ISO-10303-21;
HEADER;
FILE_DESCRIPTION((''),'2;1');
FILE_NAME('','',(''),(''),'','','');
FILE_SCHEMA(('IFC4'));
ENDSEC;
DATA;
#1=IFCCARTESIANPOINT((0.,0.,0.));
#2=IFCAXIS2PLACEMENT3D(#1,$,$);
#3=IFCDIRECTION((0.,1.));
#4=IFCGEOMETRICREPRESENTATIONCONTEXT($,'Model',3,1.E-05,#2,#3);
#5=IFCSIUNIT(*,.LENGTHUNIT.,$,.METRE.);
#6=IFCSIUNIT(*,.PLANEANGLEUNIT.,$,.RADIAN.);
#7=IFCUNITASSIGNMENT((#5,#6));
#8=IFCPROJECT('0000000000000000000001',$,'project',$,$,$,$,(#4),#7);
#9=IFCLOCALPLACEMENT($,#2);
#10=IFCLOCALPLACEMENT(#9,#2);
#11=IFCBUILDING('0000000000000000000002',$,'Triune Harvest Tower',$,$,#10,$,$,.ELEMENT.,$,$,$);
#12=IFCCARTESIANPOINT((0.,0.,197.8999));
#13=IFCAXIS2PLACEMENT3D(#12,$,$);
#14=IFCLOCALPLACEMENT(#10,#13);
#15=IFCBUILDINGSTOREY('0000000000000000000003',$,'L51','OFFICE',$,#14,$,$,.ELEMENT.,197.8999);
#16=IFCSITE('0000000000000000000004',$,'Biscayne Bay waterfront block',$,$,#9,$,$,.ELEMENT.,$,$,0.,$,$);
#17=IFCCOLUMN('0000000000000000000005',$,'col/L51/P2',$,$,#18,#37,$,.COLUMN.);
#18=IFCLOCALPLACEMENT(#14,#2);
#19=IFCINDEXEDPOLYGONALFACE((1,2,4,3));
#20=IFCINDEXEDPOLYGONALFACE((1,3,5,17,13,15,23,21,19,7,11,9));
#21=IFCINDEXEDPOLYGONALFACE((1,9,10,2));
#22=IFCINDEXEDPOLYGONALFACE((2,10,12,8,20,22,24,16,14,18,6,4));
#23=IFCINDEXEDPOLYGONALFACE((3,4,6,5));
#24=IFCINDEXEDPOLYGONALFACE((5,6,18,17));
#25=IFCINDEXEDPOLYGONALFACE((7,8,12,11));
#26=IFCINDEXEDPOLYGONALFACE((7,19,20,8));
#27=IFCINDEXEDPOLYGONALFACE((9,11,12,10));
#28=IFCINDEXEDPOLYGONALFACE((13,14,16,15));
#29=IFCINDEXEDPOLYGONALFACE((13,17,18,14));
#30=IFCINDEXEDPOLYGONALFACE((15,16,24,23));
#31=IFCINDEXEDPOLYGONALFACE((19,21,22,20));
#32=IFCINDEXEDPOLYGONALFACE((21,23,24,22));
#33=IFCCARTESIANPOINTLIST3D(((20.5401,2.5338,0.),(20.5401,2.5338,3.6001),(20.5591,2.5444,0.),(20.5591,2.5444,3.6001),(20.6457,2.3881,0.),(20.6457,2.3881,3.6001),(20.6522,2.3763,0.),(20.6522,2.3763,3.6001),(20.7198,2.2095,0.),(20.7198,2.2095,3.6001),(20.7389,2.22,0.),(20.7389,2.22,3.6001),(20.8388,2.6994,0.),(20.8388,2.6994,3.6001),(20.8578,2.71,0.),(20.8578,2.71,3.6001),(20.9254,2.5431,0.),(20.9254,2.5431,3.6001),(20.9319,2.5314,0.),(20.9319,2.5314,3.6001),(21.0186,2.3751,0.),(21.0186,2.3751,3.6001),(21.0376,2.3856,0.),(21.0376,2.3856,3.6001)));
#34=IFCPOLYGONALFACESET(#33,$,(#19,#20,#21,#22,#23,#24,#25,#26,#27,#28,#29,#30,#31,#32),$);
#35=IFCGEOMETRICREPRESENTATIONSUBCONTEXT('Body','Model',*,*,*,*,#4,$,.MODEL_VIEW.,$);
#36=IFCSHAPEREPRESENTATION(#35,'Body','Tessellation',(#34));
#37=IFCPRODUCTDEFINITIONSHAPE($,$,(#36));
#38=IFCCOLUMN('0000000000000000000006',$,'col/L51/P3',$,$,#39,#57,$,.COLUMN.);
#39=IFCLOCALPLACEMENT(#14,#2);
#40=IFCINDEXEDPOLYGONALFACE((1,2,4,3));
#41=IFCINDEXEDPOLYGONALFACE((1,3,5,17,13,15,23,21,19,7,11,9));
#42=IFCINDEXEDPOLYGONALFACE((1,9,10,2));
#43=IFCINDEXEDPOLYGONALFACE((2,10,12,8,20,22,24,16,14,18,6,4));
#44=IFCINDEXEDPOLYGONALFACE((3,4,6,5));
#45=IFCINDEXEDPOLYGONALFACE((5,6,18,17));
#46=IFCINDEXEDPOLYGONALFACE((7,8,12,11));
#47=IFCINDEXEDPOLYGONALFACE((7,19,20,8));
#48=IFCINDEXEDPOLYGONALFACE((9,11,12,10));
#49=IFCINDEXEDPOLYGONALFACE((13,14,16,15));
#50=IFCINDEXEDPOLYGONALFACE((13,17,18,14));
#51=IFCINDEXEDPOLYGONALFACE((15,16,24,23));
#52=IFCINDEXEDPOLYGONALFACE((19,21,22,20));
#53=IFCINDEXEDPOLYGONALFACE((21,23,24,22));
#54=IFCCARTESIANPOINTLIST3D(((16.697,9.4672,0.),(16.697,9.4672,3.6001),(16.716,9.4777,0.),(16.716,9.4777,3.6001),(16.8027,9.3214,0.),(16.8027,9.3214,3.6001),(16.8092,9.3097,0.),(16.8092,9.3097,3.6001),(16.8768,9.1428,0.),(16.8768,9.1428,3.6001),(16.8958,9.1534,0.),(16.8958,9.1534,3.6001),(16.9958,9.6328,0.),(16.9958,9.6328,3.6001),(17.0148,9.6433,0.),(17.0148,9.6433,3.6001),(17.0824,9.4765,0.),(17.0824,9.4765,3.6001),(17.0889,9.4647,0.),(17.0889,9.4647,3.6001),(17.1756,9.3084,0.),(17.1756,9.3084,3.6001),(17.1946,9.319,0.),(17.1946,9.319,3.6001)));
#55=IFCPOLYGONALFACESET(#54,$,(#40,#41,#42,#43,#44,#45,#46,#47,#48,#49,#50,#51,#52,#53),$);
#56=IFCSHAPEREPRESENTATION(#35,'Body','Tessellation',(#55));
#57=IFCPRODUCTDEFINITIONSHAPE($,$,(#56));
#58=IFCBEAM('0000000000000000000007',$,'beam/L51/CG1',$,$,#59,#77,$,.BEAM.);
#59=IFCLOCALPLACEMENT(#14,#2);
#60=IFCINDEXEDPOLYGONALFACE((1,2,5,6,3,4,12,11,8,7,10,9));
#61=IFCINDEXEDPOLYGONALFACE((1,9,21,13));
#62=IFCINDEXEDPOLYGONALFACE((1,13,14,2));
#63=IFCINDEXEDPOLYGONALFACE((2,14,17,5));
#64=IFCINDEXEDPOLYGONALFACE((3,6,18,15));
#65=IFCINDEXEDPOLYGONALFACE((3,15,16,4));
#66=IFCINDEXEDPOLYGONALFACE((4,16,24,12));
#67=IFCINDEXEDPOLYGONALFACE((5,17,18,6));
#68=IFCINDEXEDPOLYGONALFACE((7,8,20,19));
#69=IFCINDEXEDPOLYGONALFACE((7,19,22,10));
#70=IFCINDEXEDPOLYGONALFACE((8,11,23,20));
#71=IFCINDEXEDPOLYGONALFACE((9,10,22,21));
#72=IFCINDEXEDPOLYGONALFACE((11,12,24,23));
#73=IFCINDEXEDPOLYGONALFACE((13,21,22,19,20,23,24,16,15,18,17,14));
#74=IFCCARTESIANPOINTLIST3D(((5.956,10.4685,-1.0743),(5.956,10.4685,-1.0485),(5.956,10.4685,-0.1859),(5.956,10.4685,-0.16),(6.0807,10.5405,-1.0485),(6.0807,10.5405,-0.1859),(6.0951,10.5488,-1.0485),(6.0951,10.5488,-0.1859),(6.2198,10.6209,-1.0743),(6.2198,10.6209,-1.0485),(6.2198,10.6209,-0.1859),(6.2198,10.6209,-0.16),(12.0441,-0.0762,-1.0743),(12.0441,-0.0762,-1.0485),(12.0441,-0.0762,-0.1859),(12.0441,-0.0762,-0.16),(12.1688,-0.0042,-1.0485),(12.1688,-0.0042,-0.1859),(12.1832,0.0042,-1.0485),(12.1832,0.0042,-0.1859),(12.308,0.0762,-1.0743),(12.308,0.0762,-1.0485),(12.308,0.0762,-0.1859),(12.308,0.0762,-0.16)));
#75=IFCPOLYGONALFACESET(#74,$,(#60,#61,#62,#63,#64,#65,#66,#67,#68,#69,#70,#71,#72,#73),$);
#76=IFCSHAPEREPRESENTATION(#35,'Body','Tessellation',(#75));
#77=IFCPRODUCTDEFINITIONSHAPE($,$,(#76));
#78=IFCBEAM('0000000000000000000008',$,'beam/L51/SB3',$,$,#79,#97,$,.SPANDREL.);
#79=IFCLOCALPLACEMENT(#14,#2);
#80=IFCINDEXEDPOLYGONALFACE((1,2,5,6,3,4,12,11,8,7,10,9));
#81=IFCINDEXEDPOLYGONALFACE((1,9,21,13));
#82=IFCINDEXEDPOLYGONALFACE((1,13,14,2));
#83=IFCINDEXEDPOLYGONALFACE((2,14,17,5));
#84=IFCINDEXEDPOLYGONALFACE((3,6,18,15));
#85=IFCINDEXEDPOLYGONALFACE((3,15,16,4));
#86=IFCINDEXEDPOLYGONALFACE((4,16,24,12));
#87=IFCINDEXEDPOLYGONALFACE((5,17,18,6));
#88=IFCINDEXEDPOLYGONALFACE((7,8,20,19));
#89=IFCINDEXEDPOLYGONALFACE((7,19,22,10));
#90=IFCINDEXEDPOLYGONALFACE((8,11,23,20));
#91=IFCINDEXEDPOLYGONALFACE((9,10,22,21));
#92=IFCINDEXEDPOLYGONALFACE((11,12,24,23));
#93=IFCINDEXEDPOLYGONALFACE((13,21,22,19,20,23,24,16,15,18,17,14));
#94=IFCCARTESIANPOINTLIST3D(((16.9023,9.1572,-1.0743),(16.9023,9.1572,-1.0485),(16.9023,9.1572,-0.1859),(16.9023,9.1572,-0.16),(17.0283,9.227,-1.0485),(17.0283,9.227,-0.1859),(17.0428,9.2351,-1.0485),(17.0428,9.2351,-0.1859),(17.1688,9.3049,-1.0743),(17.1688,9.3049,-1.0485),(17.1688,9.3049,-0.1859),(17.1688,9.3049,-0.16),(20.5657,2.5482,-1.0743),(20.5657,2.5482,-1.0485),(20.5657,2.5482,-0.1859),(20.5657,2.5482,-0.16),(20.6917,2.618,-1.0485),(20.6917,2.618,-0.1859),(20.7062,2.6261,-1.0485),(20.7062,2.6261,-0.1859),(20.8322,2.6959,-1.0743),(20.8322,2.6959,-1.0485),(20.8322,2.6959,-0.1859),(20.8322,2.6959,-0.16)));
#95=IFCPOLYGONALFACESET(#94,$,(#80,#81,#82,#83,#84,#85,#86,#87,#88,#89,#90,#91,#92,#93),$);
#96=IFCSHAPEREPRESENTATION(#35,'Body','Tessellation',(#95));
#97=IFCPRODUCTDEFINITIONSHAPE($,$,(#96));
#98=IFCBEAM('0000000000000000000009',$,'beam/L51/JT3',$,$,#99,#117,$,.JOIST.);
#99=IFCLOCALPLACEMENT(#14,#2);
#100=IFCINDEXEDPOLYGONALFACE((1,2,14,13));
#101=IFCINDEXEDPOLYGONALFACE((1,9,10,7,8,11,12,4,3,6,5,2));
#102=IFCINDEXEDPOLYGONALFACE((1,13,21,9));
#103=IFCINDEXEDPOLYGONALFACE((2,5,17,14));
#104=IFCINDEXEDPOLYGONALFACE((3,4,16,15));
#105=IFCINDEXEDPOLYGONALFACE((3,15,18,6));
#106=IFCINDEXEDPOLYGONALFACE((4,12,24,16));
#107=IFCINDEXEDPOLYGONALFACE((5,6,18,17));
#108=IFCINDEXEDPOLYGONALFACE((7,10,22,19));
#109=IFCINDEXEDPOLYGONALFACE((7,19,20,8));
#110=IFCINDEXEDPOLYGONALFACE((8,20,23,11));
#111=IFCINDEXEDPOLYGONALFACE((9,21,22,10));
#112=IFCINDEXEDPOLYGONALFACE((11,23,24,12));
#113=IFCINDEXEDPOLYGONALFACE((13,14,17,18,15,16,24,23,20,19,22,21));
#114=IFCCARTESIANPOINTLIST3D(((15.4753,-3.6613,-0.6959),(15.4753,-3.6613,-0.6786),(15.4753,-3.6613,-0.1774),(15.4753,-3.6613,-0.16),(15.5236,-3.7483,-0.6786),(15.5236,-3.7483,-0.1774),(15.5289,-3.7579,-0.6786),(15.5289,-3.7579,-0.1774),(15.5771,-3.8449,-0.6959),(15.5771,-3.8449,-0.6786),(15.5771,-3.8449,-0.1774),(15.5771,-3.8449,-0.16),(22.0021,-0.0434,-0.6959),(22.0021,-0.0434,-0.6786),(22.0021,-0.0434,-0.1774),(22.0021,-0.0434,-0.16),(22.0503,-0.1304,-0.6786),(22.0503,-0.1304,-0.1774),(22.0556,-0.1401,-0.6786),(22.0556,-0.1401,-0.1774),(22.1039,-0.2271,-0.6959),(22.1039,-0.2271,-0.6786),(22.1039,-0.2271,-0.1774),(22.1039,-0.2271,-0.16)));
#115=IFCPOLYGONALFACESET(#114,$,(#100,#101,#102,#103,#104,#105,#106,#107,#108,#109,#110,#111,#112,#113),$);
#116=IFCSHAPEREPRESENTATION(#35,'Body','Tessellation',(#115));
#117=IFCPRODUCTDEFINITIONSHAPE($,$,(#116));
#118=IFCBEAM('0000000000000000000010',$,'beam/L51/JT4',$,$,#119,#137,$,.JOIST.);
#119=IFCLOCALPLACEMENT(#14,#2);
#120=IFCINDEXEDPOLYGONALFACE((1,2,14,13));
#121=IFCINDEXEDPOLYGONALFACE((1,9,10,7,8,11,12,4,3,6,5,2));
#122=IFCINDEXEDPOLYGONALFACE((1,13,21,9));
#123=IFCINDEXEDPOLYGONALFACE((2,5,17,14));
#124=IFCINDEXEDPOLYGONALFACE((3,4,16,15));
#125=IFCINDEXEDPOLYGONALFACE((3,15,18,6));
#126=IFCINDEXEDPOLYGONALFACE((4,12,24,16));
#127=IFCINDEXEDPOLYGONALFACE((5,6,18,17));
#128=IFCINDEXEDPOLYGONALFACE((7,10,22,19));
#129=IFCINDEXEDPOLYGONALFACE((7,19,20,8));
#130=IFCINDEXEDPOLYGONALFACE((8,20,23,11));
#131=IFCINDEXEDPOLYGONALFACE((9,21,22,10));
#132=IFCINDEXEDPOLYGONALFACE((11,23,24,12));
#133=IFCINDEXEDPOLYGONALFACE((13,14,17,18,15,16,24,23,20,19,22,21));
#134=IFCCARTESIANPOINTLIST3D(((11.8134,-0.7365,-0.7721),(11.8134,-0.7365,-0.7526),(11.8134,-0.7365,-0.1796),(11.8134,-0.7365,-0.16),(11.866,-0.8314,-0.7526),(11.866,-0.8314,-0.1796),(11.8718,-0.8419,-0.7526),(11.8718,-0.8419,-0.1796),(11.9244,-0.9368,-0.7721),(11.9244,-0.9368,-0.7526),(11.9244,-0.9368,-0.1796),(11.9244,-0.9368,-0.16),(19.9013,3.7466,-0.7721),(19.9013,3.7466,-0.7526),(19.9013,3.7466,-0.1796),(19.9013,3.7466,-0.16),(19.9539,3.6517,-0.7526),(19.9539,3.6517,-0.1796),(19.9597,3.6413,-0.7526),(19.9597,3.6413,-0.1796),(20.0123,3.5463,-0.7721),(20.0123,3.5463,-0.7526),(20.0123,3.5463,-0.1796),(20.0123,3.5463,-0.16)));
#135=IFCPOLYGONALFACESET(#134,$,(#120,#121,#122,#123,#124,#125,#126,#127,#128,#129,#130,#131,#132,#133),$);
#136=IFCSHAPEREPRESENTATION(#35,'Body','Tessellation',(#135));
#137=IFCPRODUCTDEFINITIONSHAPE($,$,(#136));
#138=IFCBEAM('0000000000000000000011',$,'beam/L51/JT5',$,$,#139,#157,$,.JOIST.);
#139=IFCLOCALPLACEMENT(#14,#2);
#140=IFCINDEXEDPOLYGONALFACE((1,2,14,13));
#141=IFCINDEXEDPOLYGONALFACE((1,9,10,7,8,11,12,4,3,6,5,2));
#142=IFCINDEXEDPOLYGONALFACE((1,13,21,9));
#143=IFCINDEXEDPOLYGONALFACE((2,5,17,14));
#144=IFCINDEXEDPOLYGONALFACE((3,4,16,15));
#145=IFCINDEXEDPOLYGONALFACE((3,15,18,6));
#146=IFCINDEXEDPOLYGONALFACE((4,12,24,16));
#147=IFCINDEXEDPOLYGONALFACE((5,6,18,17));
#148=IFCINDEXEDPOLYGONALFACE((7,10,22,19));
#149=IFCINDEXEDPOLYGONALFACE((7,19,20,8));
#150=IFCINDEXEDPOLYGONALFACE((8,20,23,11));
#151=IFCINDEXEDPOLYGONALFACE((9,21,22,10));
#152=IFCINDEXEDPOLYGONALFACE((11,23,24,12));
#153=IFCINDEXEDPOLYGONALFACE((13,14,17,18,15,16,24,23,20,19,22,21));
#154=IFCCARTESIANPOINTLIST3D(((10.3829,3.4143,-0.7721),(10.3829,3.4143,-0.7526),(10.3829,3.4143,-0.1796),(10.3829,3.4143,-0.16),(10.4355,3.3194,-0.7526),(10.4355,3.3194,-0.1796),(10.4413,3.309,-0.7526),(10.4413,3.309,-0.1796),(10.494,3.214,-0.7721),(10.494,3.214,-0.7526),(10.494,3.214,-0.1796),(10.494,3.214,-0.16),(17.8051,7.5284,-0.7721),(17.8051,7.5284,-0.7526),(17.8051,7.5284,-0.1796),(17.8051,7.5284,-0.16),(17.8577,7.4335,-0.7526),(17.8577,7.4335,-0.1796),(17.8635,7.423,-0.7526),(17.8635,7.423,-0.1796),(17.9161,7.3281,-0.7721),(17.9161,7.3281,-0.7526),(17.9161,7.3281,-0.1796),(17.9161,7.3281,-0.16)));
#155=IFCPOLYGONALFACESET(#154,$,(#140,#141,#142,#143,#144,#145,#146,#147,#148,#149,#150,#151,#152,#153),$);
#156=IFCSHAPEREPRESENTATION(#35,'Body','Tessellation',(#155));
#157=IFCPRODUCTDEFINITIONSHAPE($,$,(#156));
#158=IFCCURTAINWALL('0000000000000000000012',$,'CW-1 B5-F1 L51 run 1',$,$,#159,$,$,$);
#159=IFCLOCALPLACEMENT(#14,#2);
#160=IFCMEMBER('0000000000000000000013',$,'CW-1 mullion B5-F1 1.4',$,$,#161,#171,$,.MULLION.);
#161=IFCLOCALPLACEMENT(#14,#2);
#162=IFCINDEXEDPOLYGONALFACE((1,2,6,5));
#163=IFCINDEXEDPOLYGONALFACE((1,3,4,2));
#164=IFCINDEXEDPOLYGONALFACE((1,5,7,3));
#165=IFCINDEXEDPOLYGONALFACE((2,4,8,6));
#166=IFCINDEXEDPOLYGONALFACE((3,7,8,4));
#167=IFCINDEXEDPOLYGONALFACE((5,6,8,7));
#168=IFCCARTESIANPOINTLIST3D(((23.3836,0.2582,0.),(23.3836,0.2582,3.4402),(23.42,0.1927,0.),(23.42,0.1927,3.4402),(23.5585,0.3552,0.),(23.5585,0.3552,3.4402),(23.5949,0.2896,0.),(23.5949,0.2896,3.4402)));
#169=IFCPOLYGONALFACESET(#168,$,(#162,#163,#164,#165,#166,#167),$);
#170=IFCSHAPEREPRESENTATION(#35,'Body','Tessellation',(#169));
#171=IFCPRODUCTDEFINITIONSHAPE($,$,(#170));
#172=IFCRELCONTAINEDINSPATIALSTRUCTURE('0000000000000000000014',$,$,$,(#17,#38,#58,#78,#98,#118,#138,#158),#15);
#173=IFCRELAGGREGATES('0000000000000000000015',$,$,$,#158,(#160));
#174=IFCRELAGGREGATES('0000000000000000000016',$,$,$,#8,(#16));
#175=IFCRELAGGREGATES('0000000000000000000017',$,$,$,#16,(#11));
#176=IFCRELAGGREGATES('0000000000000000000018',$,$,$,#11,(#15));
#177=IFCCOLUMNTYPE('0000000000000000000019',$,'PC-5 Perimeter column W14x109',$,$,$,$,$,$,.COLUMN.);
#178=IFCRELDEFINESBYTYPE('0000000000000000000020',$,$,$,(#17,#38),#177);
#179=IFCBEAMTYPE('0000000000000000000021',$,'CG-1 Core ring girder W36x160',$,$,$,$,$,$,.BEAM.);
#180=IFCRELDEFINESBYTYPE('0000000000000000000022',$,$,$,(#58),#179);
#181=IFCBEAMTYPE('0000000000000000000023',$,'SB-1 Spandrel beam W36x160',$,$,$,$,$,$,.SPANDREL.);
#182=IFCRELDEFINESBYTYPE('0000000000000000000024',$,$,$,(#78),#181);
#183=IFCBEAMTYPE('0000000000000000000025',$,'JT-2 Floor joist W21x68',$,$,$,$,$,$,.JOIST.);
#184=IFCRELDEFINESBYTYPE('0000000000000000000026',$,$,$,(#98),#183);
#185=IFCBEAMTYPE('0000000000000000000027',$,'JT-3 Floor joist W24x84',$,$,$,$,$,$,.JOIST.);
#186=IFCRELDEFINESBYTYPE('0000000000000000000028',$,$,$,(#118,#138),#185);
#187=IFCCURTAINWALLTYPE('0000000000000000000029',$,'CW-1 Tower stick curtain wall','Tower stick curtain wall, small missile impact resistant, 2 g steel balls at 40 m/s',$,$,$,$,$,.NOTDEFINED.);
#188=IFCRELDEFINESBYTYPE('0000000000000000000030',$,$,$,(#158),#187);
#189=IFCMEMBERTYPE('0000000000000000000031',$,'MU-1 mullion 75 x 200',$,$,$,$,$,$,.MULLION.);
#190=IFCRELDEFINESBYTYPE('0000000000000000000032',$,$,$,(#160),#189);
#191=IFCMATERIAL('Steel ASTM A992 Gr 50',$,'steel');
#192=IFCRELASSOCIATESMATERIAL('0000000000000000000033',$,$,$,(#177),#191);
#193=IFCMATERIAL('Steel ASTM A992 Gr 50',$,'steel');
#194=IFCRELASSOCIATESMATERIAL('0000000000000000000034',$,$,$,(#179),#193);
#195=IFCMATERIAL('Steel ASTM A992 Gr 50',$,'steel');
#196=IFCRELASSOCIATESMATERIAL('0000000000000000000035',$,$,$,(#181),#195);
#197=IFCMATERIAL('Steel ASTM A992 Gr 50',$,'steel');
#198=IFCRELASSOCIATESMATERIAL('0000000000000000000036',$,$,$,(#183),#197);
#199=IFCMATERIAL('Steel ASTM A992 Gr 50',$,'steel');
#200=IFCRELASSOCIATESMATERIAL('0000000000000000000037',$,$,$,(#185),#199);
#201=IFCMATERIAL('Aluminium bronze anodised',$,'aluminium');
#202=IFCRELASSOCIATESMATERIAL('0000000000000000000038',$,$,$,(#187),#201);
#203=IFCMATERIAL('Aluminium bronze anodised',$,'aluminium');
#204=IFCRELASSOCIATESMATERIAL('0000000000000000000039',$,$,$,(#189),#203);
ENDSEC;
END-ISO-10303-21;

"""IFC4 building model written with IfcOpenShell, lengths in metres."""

from ifc_helpers import new_model, si_unit, direction, frame, origin, origin_2d, place, context, subcontext, project, spatial, rectangle, i_section, extrude, source, transform, mapped, material, material_profile, profile_set, type_object, element, aggregate, save


model = new_model("IFC4")

# Units and contexts
model_context = context("Model", 3, precision=1e-05, world=origin(), true_north=direction((0.0, 1.0)))
body_context = subcontext(model_context, "Body", "Model", "MODEL_VIEW")
ifc_project = project(units=[si_unit("LENGTHUNIT", "METRE"), si_unit("PLANEANGLEUNIT", "RADIAN")], contexts=[model_context])

# Site, building, storey
site_placement = place(None, origin())
site = spatial("IfcSite", under=ifc_project, at=site_placement, Name="Biscayne Bay waterfront block", CompositionType="ELEMENT", RefElevation=0.0)
building_placement = place(site_placement, origin())
building = spatial("IfcBuilding", under=site, at=building_placement, Name="Triune Harvest Tower", CompositionType="ELEMENT")
storey_placement = place(building_placement, frame((0.0, 0.0, 197.8999)))
storey = spatial("IfcBuildingStorey", under=building, at=storey_placement, Name="L51", Description="OFFICE", CompositionType="ELEMENT", Elevation=197.8999)

# Columns
ifc_material_1 = material(Name="Steel ASTM A992 Gr 50", Category="steel")
ifc_material_profile_1 = material_profile(ifc_material_1, i_section(OverallWidth=0.3708, OverallDepth=0.3633, WebThickness=0.0134, FlangeThickness=0.0217, at=origin_2d()), Name="W14x109")
ifc_profile_set_1 = profile_set([ifc_material_profile_1], Name="Steel ASTM A992 Gr 50")
column_type = type_object("IfcColumnType", Name="PC-5 Perimeter column W14x109", PredefinedType="COLUMN", material=ifc_profile_set_1)
shared_shape_1 = source(origin(), body_context, "Body", "SweptSolid", [
    extrude(i_section(OverallWidth=0.3708, OverallDepth=0.3633, WebThickness=0.0134, FlangeThickness=0.0217, at=origin_2d()), origin(), (0.0, 0.0, 1.0), 3.6001),
])
for number, where, z_axis, x_axis, name in (
    (1, (20.7888, 2.4597, 0.0), (0.0, 0.0, 1.0), (-0.48481, 0.87462, 0.0), "col/L51/P2"),
    (2, (16.9458, 9.3931, 0.0), (0.0, 0.0, 1.0), (-0.48481, 0.87462, 0.0), "col/L51/P3"),
):
    element("IfcColumn", number, at=place(storey_placement, frame(where, z_axis=z_axis, x_axis=x_axis)), inside=storey, type_object=column_type, Name=name, PredefinedType="COLUMN", context=body_context, shape_type="MappedRepresentation", body=[
        mapped(shared_shape_1, transform((0.0, 0.0, 0.0), scale=1.0)),
    ])

# Beams
ifc_material_2 = material(Name="Steel ASTM A992 Gr 50", Category="steel")
ifc_material_profile_2 = material_profile(ifc_material_2, i_section(OverallWidth=0.3047, OverallDepth=0.9143, WebThickness=0.0166, FlangeThickness=0.0259, at=origin_2d()), Name="W36x160")
ifc_profile_set_2 = profile_set([ifc_material_profile_2], Name="Steel ASTM A992 Gr 50")
beam_type_1 = type_object("IfcBeamType", Name="CG-1 Core ring girder W36x160", PredefinedType="BEAM", material=ifc_profile_set_2)
shared_shape_2 = source(origin(), body_context, "Body", "SweptSolid", [
    extrude(i_section(OverallWidth=0.3047, OverallDepth=0.9143, WebThickness=0.0166, FlangeThickness=0.0259, at=origin_2d()), origin(), (0.0, 0.0, 1.0), 12.176),
])
beam_1_placement = place(storey_placement, frame((12.176, 0.0, -0.6172), z_axis=(-0.50001, 0.86602, 0.0), x_axis=(-0.86602, -0.50001, 0.0)))
element("IfcBeam", 3, at=beam_1_placement, inside=storey, type_object=beam_type_1, Name="beam/L51/CG1", PredefinedType="BEAM", context=body_context, shape_type="MappedRepresentation", body=[
    mapped(shared_shape_2, transform((0.0, 0.0, 0.0), scale=1.0)),
])
ifc_material_3 = material(Name="Steel ASTM A992 Gr 50", Category="steel")
ifc_material_profile_3 = material_profile(ifc_material_3, i_section(OverallWidth=0.3047, OverallDepth=0.9143, WebThickness=0.0166, FlangeThickness=0.0259, at=origin_2d()), Name="W36x160")
ifc_profile_set_3 = profile_set([ifc_material_profile_3], Name="Steel ASTM A992 Gr 50")
beam_type_2 = type_object("IfcBeamType", Name="SB-1 Spandrel beam W36x160", PredefinedType="SPANDREL", material=ifc_profile_set_3)
shared_shape_3 = source(origin(), body_context, "Body", "SweptSolid", [
    extrude(i_section(OverallWidth=0.3047, OverallDepth=0.9143, WebThickness=0.0166, FlangeThickness=0.0259, at=origin_2d()), origin(), (0.0, 0.0, 1.0), 7.5564),
])
beam_2_placement = place(storey_placement, frame((20.699, 2.6221, -0.6172), z_axis=(-0.484806, 0.874622, 0.0), x_axis=(-0.874622, -0.484806, 0.0)))
element("IfcBeam", 4, at=beam_2_placement, inside=storey, type_object=beam_type_2, Name="beam/L51/SB3", PredefinedType="SPANDREL", context=body_context, shape_type="MappedRepresentation", body=[
    mapped(shared_shape_3, transform((0.0, 0.0, 0.0), scale=1.0)),
])
ifc_material_4 = material(Name="Steel ASTM A992 Gr 50", Category="steel")
ifc_material_profile_4 = material_profile(ifc_material_4, i_section(OverallWidth=0.21, OverallDepth=0.5359, WebThickness=0.011, FlangeThickness=0.0173, at=origin_2d()), Name="W21x68")
ifc_profile_set_4 = profile_set([ifc_material_profile_4], Name="Steel ASTM A992 Gr 50")
beam_type_3 = type_object("IfcBeamType", Name="JT-2 Floor joist W21x68", PredefinedType="JOIST", material=ifc_profile_set_4)
shared_shape_4 = source(origin(), body_context, "Body", "SweptSolid", [
    extrude(i_section(OverallWidth=0.21, OverallDepth=0.5359, WebThickness=0.011, FlangeThickness=0.0173, at=origin_2d()), origin(), (0.0, 0.0, 1.0), 7.4624),
])
beam_3_placement = place(storey_placement, frame((22.053, -0.1353, -0.428), z_axis=(-0.874618, -0.484812, 0.0), x_axis=(0.484812, -0.874618, 0.0)))
element("IfcBeam", 5, at=beam_3_placement, inside=storey, type_object=beam_type_3, Name="beam/L51/JT3", PredefinedType="JOIST", context=body_context, shape_type="MappedRepresentation", body=[
    mapped(shared_shape_4, transform((0.0, 0.0, 0.0), scale=1.0)),
])
ifc_material_5 = material(Name="Steel ASTM A992 Gr 50", Category="steel")
ifc_material_profile_5 = material_profile(ifc_material_5, i_section(OverallWidth=0.229, OverallDepth=0.6121, WebThickness=0.012, FlangeThickness=0.0195, at=origin_2d()), Name="W24x84")
ifc_profile_set_5 = profile_set([ifc_material_profile_5], Name="Steel ASTM A992 Gr 50")
beam_type_4 = type_object("IfcBeamType", Name="JT-3 Floor joist W24x84", PredefinedType="JOIST", material=ifc_profile_set_5)
shared_shape_5 = source(origin(), body_context, "Body", "SweptSolid", [
    extrude(i_section(OverallWidth=0.229, OverallDepth=0.6121, WebThickness=0.012, FlangeThickness=0.0195, at=origin_2d()), origin(), (0.0, 0.0, 1.0), 9.2473),
])
beam_4_placement = place(storey_placement, frame((19.9568, 3.6465, -0.4661), z_axis=(-0.874621, -0.484807, 0.0), x_axis=(0.484807, -0.874621, 0.0)))
element("IfcBeam", 6, at=beam_4_placement, inside=storey, type_object=beam_type_4, Name="beam/L51/JT4", PredefinedType="JOIST", context=body_context, shape_type="MappedRepresentation", body=[
    mapped(shared_shape_5, transform((0.0, 0.0, 0.0), scale=1.0)),
])
shared_shape_6 = source(origin(), body_context, "Body", "SweptSolid", [
    extrude(i_section(OverallWidth=0.229, OverallDepth=0.6121, WebThickness=0.012, FlangeThickness=0.0195, at=origin_2d()), origin(), (0.0, 0.0, 1.0), 8.4861),
])
beam_5_placement = place(storey_placement, frame((17.8606, 7.4282, -0.4661), z_axis=(-0.874626, -0.484798, 0.0), x_axis=(0.484798, -0.874626, 0.0)))
element("IfcBeam", 7, at=beam_5_placement, inside=storey, type_object=beam_type_4, Name="beam/L51/JT5", PredefinedType="JOIST", context=body_context, shape_type="MappedRepresentation", body=[
    mapped(shared_shape_6, transform((0.0, 0.0, 0.0), scale=1.0)),
])

# Curtain wall, member
ifc_material_6 = material(Name="Aluminium bronze anodised", Category="aluminium")
curtain_wall_type_1 = type_object("IfcCurtainWallType", Name="CW-1 Tower stick curtain wall", Description="Tower stick curtain wall, small missile impact resistant, 2 g steel balls at 40 m/s", PredefinedType="NOTDEFINED", material=ifc_material_6)
curtain_wall_1_placement = place(storey_placement, origin())
curtain_wall_1 = element("IfcCurtainWall", 8, at=curtain_wall_1_placement, inside=storey, type_object=curtain_wall_type_1, Name="CW-1 B5-F1 L51 run 1")
ifc_material_7 = material(Name="Aluminium bronze anodised", Category="aluminium")
ifc_material_profile_6 = material_profile(ifc_material_7, rectangle(XDim=0.2, YDim=0.075, at=origin_2d()), Name="MU-1 mullion 75 x 200")
ifc_profile_set_6 = profile_set([ifc_material_profile_6], Name="Aluminium bronze anodised")
member_type_1 = type_object("IfcMemberType", Name="MU-1 mullion 75 x 200", PredefinedType="MULLION", material=ifc_profile_set_6)
shared_shape_7 = source(origin(), body_context, "Body", "SweptSolid", [
    extrude(rectangle(XDim=0.2, YDim=0.075, at=origin_2d()), origin(), (0.0, 0.0, 1.0), 3.4402),
])
member_1_placement = place(storey_placement, frame((23.4893, 0.2739, 0.0), z_axis=(0.0, 0.0, 1.0), x_axis=(-0.874621, -0.484808, 0.0)))
member_1 = element("IfcMember", 9, at=member_1_placement, type_object=member_type_1, Name="CW-1 mullion B5-F1 1.4", PredefinedType="MULLION", context=body_context, shape_type="MappedRepresentation", body=[
    mapped(shared_shape_7, transform((0.0, 0.0, 0.0), scale=1.0)),
])

aggregate(curtain_wall_1, [member_1])

save(model, "model.ifc")
